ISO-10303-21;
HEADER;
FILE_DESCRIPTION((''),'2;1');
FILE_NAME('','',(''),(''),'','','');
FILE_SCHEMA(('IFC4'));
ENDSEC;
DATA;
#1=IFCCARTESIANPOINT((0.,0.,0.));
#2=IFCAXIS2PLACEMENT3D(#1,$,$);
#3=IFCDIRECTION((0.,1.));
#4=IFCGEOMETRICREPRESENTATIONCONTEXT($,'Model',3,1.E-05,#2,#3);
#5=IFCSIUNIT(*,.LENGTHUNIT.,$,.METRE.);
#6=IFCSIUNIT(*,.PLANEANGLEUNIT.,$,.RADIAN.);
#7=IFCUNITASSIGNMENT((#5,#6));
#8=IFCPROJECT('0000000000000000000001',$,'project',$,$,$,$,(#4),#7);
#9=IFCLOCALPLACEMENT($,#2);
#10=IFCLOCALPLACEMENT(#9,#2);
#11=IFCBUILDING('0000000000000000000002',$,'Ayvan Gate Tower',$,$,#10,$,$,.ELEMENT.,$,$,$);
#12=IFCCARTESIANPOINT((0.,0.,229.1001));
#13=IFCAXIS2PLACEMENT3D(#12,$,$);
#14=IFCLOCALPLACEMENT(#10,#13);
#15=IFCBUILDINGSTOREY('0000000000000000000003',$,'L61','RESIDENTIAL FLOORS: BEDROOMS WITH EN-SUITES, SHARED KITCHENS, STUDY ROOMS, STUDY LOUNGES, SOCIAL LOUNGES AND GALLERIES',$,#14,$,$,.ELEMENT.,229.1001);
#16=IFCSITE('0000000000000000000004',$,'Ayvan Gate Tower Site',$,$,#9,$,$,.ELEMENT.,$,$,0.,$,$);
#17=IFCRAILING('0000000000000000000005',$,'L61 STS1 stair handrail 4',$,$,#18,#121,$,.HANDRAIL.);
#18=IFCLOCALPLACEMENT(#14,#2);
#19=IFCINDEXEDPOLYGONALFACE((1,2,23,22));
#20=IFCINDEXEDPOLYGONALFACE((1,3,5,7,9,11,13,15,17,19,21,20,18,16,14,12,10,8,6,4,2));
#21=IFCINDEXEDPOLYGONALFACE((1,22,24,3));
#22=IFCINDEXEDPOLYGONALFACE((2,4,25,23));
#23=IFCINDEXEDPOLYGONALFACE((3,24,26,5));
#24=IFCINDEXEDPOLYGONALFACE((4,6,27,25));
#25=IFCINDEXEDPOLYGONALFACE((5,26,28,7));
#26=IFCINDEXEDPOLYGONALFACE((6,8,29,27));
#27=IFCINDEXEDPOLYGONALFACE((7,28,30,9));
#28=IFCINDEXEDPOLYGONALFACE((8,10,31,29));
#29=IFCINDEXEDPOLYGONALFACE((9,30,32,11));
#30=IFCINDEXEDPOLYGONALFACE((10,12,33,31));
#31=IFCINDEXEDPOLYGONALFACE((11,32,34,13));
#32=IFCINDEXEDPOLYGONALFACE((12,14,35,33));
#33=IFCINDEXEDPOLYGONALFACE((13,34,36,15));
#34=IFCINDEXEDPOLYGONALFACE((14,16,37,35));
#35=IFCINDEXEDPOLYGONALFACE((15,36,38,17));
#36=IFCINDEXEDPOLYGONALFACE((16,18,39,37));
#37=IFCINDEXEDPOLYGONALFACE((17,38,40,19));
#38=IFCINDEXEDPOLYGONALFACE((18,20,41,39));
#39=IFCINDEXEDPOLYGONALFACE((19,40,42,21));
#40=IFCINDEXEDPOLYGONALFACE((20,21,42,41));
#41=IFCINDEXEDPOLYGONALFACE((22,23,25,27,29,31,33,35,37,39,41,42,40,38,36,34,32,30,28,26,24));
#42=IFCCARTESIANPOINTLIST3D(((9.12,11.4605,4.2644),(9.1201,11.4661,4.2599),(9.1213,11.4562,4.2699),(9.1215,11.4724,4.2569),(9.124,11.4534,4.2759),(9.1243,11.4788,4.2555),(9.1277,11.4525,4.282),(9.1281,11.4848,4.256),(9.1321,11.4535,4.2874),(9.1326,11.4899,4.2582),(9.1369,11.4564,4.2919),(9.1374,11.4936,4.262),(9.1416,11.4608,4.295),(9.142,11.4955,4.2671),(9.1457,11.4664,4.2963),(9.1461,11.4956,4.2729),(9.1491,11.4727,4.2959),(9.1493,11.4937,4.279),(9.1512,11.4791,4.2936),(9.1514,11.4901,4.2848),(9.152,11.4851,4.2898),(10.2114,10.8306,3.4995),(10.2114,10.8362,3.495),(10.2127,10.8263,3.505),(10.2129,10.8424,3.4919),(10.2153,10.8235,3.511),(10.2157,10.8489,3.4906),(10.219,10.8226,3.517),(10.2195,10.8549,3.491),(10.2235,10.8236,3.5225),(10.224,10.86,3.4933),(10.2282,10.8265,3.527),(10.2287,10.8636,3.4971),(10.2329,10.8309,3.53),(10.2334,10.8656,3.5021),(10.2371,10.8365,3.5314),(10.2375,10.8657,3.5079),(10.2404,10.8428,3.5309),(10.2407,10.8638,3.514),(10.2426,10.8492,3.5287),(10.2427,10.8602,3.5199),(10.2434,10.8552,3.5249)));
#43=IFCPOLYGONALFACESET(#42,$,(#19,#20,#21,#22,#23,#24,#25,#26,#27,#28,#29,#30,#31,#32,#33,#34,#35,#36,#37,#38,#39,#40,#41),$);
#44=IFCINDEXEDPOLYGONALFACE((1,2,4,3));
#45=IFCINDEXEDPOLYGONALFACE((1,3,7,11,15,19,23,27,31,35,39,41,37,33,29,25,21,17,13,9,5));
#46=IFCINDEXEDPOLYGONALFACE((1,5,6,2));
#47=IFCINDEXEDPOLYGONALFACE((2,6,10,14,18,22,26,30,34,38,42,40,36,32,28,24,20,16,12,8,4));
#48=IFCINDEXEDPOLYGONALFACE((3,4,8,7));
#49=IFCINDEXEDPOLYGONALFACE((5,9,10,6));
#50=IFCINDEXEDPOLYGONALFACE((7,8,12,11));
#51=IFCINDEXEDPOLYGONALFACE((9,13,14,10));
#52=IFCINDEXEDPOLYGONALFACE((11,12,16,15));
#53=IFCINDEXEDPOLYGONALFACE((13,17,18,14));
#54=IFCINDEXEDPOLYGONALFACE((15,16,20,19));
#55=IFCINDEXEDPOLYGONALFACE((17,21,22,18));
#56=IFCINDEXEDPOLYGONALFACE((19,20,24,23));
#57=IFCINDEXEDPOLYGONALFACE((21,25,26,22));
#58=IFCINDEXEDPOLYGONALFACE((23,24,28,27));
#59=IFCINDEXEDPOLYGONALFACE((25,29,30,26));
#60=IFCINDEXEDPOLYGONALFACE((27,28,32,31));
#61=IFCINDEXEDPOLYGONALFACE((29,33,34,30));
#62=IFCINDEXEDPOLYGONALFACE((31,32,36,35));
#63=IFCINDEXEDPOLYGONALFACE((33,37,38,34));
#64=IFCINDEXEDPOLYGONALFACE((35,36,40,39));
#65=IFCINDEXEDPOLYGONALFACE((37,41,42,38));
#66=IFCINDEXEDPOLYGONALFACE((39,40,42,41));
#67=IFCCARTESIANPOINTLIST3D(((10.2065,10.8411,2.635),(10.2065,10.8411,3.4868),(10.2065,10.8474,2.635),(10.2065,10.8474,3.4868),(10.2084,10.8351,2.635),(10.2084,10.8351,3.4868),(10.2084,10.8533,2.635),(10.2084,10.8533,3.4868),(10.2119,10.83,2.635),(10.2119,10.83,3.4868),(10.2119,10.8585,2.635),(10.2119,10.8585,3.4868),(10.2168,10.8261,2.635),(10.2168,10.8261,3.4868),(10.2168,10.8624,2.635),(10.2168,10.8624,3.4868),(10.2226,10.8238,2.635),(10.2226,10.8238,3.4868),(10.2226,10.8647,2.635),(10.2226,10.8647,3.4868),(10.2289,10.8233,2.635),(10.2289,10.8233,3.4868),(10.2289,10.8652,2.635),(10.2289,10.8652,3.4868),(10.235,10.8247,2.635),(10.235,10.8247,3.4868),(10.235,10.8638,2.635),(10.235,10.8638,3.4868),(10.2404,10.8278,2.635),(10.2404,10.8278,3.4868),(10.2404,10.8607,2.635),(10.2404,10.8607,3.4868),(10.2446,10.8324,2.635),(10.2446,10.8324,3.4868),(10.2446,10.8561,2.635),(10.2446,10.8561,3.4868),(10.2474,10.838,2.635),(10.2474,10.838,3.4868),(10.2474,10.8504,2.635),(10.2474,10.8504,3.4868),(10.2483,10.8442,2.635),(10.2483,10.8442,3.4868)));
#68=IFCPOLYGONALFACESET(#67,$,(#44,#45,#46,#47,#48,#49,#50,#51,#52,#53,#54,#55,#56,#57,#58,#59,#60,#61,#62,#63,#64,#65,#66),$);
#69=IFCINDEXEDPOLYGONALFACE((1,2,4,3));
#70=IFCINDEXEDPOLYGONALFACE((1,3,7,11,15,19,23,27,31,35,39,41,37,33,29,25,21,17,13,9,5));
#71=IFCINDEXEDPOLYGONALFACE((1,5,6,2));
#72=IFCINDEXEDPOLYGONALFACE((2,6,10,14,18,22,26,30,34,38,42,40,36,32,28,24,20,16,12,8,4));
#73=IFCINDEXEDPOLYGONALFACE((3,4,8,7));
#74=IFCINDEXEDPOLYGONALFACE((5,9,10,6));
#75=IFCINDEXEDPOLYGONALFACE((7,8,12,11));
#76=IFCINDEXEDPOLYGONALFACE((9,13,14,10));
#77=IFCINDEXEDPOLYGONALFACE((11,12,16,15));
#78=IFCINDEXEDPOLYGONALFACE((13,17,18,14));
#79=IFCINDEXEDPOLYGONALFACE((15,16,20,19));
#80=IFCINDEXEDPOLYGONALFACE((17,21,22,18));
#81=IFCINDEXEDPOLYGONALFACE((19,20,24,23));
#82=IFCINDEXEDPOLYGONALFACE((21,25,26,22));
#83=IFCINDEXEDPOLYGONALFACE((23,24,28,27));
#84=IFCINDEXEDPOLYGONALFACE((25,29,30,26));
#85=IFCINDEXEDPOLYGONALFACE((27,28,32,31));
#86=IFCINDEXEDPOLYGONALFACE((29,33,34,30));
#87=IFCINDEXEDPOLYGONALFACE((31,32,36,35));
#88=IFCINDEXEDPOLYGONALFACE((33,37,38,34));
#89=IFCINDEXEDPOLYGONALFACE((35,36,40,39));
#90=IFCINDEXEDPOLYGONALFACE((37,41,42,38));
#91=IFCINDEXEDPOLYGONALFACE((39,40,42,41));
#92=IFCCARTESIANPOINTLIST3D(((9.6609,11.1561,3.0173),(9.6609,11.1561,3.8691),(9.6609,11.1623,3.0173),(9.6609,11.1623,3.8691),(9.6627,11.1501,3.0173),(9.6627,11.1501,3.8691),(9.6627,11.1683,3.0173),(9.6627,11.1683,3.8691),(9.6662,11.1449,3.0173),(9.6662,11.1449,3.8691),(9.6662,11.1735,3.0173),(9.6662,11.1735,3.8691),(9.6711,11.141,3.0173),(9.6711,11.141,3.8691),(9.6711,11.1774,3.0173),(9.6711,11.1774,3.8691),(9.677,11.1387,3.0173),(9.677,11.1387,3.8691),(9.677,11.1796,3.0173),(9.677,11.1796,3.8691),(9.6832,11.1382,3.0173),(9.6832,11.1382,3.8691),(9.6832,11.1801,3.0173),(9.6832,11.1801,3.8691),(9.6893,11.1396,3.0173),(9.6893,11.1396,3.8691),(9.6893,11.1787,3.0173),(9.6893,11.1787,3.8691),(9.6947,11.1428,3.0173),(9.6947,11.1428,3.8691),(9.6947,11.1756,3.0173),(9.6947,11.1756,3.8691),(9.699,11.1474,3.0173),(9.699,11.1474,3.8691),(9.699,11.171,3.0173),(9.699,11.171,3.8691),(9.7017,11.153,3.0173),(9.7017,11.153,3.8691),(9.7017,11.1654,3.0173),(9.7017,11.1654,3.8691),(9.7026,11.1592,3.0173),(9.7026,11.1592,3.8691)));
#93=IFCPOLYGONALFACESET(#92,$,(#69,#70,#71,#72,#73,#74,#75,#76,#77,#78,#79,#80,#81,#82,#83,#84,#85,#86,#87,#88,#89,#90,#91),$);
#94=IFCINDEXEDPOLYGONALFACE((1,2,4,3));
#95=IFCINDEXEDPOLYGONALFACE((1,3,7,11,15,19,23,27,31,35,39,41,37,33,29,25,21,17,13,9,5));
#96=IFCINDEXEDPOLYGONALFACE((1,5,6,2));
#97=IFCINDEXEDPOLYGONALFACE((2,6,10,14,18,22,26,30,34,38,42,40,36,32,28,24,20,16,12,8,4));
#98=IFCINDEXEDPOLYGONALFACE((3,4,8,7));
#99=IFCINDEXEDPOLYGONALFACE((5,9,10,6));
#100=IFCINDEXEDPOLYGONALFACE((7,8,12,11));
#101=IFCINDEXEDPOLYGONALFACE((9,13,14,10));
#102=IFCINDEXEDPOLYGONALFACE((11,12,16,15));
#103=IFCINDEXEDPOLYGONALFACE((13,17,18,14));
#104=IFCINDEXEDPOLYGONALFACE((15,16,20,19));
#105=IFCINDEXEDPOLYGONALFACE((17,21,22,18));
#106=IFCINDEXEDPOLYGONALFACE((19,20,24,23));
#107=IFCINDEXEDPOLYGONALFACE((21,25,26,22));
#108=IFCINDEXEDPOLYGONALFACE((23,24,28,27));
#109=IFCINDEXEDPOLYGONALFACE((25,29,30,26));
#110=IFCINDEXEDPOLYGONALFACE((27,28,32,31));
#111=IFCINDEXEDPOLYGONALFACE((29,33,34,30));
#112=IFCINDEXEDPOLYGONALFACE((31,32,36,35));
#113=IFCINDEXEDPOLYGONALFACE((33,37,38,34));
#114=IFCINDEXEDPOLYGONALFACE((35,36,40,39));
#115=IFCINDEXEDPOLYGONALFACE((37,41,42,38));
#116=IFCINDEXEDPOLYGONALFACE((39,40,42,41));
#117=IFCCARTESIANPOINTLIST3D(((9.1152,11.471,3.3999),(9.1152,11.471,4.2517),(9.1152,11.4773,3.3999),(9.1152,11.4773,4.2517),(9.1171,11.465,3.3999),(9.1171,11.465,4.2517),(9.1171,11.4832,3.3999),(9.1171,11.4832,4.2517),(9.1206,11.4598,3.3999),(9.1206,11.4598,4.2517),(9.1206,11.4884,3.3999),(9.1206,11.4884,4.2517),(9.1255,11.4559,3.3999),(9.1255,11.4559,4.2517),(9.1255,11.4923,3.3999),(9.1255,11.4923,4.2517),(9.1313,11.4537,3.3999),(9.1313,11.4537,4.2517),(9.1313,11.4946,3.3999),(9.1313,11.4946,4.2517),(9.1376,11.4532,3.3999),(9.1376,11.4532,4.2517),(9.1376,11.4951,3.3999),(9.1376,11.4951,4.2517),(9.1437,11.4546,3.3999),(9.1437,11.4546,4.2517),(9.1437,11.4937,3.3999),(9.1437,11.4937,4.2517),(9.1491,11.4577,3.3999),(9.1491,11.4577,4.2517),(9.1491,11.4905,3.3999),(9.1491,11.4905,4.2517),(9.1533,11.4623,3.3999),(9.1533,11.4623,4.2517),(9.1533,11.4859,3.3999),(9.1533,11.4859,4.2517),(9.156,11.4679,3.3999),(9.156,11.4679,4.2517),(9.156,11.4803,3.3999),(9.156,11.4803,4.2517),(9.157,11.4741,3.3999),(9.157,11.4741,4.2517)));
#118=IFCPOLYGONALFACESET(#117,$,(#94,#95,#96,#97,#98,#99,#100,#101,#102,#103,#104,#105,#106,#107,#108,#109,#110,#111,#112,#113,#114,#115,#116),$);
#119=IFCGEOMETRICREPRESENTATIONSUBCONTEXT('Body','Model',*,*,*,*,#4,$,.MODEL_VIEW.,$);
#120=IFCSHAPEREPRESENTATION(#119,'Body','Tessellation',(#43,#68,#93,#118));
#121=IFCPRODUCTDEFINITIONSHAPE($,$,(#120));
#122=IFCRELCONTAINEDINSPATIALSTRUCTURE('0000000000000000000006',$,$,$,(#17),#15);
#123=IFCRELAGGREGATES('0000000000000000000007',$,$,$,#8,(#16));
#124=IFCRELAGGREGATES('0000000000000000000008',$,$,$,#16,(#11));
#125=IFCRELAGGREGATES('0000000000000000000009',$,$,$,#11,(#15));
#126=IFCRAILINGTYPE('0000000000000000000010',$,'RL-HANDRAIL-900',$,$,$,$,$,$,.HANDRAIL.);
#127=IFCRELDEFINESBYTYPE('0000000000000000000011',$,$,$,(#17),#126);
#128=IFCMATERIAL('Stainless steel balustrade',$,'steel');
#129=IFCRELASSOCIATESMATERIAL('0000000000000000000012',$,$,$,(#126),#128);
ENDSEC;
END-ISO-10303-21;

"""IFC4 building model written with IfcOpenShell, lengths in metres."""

from ifc_helpers import new_model, si_unit, direction, frame, origin, origin_2d, place, context, subcontext, project, spatial, circle, extrude, material, type_object, element, save


model = new_model("IFC4")

# Units and contexts
model_context = context("Model", 3, precision=1e-05, world=origin(), true_north=direction((0.0, 1.0)))
body_context = subcontext(model_context, "Body", "Model", "MODEL_VIEW")
ifc_project = project(units=[si_unit("LENGTHUNIT", "METRE"), si_unit("PLANEANGLEUNIT", "RADIAN")], contexts=[model_context])

# Site, building, storey
site_placement = place(None, origin())
site = spatial("IfcSite", under=ifc_project, at=site_placement, Name="Ayvan Gate Tower Site", CompositionType="ELEMENT", RefElevation=0.0)
building_placement = place(site_placement, origin())
building = spatial("IfcBuilding", under=site, at=building_placement, Name="Ayvan Gate Tower", CompositionType="ELEMENT")
storey_placement = place(building_placement, frame((0.0, 0.0, 229.1001)))
storey = spatial("IfcBuildingStorey", under=building, at=storey_placement, Name="L61", Description="RESIDENTIAL FLOORS: BEDROOMS WITH EN-SUITES, SHARED KITCHENS, STUDY ROOMS, STUDY LOUNGES, SOCIAL LOUNGES AND GALLERIES", CompositionType="ELEMENT", Elevation=229.1001)

# Railing
ifc_material_1 = material(Name="Stainless steel balustrade", Category="steel")
railing_type = type_object("IfcRailingType", Name="RL-HANDRAIL-900", PredefinedType="HANDRAIL", material=ifc_material_1)
railing_placement = place(storey_placement, frame((10.2273, 10.8442, 2.635)))
element("IfcRailing", 1, at=railing_placement, inside=storey, type_object=railing_type, Name="L61 STS1 stair handrail 4", PredefinedType="HANDRAIL", context=body_context, shape_type="SweptSolid", body=[
    extrude(circle(Radius=0.0239, at=origin_2d()), frame((0.0, 0.0, 0.876), z_axis=(-0.740357, 0.42732, 0.518912), x_axis=(-0.49989, -0.866089, 0.0)), (0.0, 0.0, 1.0), 1.4741),
    extrude(circle(Radius=0.021, at=origin_2d()), origin(), (0.0, 0.0, 1.0), 0.8518),
    extrude(circle(Radius=0.021, at=origin_2d()), frame((-0.5457, 0.3149, 0.3823)), (0.0, 0.0, 1.0), 0.8518),
    extrude(circle(Radius=0.021, at=origin_2d()), frame((-1.0913, 0.6299, 0.7649)), (0.0, 0.0, 1.0), 0.8518),
])

save(model, "model.ifc")
